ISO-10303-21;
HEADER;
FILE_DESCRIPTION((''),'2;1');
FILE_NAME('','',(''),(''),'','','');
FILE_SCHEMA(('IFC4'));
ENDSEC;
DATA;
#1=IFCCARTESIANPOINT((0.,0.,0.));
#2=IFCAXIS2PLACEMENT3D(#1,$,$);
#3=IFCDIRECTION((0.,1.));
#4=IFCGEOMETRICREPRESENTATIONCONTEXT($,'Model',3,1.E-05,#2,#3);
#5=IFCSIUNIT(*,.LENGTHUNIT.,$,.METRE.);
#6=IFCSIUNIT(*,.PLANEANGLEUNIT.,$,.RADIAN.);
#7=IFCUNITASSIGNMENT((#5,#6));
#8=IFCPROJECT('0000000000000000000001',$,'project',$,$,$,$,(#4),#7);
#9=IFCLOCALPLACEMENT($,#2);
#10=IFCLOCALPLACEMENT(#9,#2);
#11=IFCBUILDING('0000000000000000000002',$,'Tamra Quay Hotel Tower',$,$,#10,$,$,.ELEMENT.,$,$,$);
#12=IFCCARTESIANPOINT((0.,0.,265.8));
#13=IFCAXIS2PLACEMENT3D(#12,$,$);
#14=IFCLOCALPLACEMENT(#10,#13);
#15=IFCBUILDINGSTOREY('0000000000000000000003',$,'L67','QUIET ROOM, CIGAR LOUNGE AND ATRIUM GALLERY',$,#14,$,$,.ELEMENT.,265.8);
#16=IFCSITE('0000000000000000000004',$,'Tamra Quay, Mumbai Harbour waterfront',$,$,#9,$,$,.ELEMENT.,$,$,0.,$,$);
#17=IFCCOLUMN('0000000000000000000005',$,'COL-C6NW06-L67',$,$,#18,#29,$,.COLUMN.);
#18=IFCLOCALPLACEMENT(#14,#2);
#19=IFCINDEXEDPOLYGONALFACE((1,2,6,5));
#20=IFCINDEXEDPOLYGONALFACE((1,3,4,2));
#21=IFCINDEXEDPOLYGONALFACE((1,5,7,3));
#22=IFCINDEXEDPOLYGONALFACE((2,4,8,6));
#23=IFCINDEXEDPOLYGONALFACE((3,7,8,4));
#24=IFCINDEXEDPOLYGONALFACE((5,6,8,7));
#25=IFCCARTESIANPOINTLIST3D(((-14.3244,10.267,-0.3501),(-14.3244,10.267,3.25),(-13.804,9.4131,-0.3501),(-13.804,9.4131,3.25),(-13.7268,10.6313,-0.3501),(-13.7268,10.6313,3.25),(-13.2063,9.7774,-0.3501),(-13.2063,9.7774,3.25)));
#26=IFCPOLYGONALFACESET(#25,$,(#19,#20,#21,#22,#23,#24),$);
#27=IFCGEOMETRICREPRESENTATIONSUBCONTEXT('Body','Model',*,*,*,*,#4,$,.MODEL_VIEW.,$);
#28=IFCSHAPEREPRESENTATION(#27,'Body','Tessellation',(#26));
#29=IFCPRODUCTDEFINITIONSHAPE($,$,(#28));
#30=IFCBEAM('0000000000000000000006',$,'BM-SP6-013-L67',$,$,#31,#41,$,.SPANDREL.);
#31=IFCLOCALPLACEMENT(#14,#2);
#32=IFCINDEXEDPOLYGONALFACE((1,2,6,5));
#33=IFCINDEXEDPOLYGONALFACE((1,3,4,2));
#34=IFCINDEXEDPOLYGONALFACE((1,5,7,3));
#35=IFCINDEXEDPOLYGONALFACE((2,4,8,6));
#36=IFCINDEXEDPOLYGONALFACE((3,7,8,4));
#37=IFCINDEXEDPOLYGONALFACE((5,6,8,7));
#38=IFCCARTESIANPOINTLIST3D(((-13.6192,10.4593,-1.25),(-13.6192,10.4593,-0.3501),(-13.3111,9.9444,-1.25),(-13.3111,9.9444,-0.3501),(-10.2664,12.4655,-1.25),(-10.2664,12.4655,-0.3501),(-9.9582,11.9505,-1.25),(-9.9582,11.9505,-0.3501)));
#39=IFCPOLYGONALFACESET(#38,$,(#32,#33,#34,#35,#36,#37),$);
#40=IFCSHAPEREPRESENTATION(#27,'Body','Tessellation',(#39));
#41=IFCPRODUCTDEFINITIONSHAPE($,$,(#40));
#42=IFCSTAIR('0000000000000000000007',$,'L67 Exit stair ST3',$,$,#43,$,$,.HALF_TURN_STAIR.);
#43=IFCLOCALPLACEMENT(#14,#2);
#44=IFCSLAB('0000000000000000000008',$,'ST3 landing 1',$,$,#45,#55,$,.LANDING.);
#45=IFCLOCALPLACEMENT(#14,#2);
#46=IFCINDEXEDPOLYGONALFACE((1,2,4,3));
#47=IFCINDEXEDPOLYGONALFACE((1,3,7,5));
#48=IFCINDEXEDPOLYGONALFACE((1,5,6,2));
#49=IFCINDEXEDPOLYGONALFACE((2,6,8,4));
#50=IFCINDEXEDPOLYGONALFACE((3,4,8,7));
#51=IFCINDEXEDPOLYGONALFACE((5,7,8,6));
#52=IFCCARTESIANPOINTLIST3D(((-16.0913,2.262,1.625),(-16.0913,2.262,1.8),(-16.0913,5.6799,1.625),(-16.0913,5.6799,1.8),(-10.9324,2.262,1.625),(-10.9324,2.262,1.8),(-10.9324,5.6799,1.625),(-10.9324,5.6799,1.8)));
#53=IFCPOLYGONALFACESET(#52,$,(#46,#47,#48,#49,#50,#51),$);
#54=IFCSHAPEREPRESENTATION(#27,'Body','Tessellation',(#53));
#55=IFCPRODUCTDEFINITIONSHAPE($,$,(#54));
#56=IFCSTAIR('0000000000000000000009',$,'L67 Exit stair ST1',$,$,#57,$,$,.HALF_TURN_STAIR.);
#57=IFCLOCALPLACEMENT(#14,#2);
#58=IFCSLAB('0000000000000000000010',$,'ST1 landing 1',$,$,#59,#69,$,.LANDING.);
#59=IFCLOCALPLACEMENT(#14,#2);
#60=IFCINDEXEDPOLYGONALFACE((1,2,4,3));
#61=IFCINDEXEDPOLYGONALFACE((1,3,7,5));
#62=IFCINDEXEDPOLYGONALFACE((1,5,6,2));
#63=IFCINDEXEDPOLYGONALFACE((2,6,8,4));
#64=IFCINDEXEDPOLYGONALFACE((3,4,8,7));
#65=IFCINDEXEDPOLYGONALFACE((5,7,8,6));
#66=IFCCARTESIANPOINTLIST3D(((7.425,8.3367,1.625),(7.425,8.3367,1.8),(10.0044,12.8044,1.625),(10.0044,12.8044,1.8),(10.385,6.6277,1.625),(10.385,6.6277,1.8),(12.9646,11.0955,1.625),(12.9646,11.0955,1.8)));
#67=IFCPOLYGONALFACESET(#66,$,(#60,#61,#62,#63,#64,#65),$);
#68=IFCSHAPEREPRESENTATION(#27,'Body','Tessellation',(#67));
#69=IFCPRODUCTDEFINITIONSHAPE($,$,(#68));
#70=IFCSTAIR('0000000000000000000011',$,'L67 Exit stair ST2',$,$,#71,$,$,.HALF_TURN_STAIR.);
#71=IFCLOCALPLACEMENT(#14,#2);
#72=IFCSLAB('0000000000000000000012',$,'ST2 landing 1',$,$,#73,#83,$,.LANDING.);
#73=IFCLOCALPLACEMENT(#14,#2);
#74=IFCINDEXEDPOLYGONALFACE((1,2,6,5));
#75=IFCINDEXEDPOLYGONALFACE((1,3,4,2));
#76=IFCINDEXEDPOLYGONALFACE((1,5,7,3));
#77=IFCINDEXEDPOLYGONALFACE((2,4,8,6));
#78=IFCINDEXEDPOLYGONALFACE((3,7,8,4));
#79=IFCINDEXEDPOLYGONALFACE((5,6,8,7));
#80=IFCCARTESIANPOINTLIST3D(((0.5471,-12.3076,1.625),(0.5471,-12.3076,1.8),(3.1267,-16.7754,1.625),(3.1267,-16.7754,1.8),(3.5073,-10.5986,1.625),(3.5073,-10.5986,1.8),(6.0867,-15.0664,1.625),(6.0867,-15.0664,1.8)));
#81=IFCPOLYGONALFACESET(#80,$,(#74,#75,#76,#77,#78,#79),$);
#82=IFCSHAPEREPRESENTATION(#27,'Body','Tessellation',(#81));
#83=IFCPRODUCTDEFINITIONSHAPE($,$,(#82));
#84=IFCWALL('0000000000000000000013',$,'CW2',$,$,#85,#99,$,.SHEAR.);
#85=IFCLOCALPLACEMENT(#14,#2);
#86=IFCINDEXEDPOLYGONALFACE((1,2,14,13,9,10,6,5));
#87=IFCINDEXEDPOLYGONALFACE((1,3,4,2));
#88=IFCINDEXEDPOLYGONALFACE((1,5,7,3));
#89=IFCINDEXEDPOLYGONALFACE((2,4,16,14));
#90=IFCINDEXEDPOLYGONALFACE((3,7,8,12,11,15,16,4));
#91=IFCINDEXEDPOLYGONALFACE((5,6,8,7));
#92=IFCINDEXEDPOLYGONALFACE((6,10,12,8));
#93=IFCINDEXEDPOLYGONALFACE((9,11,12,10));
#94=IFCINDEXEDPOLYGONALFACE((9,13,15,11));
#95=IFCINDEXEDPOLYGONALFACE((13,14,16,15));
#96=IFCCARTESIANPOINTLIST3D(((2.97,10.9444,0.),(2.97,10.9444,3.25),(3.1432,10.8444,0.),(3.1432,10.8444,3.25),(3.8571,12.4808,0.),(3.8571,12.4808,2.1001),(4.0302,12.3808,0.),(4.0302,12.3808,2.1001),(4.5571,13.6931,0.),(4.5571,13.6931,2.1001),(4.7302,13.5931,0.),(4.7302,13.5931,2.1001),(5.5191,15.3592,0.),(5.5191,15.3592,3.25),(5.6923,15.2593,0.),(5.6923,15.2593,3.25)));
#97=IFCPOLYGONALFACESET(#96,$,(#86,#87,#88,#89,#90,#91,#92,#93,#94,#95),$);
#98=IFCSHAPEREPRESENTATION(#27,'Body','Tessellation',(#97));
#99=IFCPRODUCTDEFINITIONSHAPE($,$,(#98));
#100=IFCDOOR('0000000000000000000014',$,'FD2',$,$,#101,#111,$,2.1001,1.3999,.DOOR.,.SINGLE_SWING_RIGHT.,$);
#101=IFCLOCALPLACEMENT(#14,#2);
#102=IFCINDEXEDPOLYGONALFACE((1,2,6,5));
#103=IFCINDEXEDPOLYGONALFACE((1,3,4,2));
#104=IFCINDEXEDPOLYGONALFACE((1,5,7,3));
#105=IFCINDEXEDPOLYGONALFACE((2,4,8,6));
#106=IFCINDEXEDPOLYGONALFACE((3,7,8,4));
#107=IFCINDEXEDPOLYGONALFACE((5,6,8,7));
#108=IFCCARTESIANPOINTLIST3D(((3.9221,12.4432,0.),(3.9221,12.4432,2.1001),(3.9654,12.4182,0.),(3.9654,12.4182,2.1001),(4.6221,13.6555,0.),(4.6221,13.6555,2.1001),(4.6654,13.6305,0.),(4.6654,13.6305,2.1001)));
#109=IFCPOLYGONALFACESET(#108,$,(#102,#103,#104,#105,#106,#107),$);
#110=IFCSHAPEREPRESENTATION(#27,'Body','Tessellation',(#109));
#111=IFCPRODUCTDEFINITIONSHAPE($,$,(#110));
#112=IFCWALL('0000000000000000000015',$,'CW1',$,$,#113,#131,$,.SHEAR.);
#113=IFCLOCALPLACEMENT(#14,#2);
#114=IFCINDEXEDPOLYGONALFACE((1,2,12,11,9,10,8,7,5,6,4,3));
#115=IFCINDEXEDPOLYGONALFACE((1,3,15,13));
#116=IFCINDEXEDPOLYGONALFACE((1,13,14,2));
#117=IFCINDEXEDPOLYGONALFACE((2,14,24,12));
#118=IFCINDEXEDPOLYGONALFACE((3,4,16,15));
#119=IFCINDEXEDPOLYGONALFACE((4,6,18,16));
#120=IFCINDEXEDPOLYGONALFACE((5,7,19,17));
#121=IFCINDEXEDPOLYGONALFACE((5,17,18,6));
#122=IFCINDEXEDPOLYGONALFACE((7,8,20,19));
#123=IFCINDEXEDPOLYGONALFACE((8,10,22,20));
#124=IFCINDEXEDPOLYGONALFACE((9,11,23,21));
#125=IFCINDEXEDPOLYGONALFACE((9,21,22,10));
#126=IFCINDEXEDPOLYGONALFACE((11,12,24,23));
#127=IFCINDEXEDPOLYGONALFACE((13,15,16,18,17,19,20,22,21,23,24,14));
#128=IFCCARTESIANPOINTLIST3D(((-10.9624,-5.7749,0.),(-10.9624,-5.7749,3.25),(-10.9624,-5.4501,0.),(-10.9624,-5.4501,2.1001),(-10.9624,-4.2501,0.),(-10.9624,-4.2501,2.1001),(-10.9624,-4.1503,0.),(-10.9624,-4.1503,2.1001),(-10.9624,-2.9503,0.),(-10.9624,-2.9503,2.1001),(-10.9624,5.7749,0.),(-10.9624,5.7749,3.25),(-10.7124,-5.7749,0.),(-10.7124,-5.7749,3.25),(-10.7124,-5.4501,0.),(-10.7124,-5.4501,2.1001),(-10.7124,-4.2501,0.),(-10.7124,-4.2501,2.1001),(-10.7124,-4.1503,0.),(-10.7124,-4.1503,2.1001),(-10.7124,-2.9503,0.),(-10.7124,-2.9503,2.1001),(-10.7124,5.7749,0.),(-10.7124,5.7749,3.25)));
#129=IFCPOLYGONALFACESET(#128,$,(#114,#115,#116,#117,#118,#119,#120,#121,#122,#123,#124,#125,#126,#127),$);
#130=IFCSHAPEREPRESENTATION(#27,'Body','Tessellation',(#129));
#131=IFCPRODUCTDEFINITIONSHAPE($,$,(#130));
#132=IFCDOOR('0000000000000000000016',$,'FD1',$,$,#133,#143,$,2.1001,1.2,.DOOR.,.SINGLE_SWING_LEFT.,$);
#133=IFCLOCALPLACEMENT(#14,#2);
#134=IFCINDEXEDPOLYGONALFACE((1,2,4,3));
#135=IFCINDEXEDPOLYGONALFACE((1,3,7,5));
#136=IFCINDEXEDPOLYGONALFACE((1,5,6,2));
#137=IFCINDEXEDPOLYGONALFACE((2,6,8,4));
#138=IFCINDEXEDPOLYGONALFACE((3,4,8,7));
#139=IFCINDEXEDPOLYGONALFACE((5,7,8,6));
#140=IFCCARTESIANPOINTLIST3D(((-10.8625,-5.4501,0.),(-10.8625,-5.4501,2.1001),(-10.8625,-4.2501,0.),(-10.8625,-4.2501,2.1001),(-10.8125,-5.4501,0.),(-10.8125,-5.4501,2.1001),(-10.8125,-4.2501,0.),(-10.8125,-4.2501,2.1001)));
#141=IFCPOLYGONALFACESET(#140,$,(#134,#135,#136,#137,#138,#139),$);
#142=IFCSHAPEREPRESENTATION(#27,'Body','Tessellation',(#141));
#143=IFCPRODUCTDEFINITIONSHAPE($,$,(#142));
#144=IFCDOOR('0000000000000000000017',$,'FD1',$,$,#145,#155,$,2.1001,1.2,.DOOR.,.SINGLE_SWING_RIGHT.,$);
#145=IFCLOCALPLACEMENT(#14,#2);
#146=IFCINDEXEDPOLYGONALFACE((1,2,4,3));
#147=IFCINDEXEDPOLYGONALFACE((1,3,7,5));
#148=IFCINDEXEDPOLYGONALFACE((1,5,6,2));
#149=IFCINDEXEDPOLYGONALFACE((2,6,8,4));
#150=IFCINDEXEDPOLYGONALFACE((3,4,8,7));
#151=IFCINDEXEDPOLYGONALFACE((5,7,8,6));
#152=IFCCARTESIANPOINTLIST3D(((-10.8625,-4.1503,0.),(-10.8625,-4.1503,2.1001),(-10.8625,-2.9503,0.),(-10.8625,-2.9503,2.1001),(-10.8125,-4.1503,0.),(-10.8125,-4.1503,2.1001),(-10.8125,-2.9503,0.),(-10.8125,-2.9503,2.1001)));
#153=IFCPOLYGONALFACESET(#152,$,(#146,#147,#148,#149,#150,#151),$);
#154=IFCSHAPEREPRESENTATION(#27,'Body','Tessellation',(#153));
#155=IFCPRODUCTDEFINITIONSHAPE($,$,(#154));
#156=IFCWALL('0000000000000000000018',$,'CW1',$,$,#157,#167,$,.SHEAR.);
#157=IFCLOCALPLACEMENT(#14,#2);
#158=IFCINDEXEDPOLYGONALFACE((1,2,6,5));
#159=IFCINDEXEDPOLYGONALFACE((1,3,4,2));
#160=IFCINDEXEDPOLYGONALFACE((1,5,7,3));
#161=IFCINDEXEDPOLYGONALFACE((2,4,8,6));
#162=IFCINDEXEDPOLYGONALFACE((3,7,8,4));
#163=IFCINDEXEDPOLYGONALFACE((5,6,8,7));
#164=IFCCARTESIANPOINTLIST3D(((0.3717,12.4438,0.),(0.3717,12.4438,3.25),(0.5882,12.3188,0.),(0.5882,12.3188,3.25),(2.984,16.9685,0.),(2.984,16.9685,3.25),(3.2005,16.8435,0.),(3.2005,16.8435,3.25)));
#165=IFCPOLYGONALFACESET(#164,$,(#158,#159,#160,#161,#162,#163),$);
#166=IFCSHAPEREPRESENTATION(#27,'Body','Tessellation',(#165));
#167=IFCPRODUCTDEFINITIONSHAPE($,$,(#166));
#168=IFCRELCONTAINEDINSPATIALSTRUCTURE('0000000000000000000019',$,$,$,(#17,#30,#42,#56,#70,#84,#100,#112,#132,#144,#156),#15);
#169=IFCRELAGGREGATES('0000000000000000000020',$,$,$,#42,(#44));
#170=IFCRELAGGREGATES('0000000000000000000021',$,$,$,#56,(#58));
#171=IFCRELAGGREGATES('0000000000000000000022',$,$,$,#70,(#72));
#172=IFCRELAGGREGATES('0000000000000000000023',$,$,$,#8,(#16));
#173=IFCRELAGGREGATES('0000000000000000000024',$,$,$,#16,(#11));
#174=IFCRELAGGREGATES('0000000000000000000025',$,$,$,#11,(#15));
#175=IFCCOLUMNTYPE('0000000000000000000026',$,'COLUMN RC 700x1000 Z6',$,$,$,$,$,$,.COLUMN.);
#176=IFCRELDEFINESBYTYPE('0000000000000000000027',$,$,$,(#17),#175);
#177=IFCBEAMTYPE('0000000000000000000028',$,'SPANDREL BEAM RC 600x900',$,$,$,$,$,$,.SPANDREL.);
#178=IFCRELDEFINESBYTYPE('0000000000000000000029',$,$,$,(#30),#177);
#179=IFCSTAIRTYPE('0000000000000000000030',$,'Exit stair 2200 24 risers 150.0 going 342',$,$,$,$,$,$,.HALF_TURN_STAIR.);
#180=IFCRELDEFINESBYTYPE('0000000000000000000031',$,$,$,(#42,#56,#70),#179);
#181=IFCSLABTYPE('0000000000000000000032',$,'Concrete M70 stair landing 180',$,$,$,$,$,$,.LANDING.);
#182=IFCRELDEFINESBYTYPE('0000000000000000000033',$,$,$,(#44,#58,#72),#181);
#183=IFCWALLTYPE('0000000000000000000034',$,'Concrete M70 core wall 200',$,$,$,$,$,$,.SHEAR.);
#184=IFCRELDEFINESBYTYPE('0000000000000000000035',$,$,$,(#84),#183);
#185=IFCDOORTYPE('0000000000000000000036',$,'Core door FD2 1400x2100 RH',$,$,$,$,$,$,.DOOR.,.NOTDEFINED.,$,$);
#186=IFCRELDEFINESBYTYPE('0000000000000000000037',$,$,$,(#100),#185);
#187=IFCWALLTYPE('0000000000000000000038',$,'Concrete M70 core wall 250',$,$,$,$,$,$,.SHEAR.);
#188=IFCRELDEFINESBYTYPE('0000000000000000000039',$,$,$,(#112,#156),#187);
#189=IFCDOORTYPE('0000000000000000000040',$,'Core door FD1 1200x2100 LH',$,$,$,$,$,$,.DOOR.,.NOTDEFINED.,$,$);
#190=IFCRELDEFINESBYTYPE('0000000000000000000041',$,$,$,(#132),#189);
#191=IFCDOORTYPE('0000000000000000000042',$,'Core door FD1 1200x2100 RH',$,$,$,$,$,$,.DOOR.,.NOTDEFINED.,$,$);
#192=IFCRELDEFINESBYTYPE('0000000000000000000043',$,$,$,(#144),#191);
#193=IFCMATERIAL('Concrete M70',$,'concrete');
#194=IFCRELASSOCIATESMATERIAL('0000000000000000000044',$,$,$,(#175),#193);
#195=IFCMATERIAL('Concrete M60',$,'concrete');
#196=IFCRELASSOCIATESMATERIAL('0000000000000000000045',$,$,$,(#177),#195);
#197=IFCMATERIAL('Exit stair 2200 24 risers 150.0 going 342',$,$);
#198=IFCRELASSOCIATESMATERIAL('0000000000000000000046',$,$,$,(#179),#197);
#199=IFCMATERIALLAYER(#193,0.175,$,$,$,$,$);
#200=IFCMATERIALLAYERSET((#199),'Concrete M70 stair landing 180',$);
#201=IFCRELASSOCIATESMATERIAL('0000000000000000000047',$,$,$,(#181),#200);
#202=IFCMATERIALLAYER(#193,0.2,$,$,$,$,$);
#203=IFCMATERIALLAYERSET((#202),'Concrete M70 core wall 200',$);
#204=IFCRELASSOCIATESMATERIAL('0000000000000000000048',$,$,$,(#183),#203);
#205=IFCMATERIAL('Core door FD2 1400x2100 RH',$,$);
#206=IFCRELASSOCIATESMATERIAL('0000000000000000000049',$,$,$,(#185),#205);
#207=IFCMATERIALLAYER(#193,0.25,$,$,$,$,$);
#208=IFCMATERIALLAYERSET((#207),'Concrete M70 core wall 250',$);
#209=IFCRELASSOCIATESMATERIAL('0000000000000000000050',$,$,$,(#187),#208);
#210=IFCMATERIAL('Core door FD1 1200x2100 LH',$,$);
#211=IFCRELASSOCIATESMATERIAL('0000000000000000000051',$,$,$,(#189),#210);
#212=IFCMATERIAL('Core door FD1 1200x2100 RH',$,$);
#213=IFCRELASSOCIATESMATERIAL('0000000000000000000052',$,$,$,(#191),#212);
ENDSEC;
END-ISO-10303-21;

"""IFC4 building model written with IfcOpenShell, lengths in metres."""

from ifc_helpers import new_model, si_unit, direction, frame, frame_2d, origin, origin_2d, place, context, subcontext, project, spatial, polyline, rectangle, outline, extrude, material, layer, layer_set, material_profile, profile_set, type_object, element, fill, aggregate, save


model = new_model("IFC4")

# Units and contexts
model_context = context("Model", 3, precision=1e-05, world=origin(), true_north=direction((0.0, 1.0)))
body_context = subcontext(model_context, "Body", "Model", "MODEL_VIEW")
ifc_project = project(units=[si_unit("LENGTHUNIT", "METRE"), si_unit("PLANEANGLEUNIT", "RADIAN")], contexts=[model_context])

# Site, building, storey
site_placement = place(None, origin())
site = spatial("IfcSite", under=ifc_project, at=site_placement, Name="Tamra Quay, Mumbai Harbour waterfront", CompositionType="ELEMENT", RefElevation=0.0)
building_placement = place(site_placement, origin())
building = spatial("IfcBuilding", under=site, at=building_placement, Name="Tamra Quay Hotel Tower", CompositionType="ELEMENT")
storey_placement = place(building_placement, frame((0.0, 0.0, 265.8)))
storey = spatial("IfcBuildingStorey", under=building, at=storey_placement, Name="L67", Description="QUIET ROOM, CIGAR LOUNGE AND ATRIUM GALLERY", CompositionType="ELEMENT", Elevation=265.8)

# Column
ifc_material_1 = material(Name="Concrete M70", Category="concrete")
ifc_material_profile_1 = material_profile(ifc_material_1, rectangle(XDim=1.0, YDim=0.7, at=origin_2d()), Name="COLUMN RC 700x1000 Z6")
ifc_profile_set_1 = profile_set([ifc_material_profile_1], Name="Concrete M70")
column_type = type_object("IfcColumnType", Name="COLUMN RC 700x1000 Z6", PredefinedType="COLUMN", material=ifc_profile_set_1)
column_placement = place(storey_placement, frame((-13.7654, 10.0222, -0.3501), z_axis=(0.0, 0.0, 1.0), x_axis=(-0.52043, 0.853904, 0.0)))
element("IfcColumn", 1, at=column_placement, inside=storey, type_object=column_type, Name="COL-C6NW06-L67", PredefinedType="COLUMN", context=body_context, shape_type="SweptSolid", body=[
    extrude(rectangle(XDim=1.0, YDim=0.7, at=origin_2d()), origin(), (0.0, 0.0, 1.0), 3.6001),
])

# Beam
ifc_material_2 = material(Name="Concrete M60", Category="concrete")
ifc_material_profile_2 = material_profile(ifc_material_2, rectangle(XDim=0.6001, YDim=0.8999, at=origin_2d()), Name="SPANDREL BEAM RC 600x900")
ifc_profile_set_2 = profile_set([ifc_material_profile_2], Name="Concrete M60")
beam_type = type_object("IfcBeamType", Name="SPANDREL BEAM RC 600x900", PredefinedType="SPANDREL", material=ifc_profile_set_2)
beam_placement = place(storey_placement, frame((-10.1123, 12.208, -0.8), z_axis=(-0.858121, -0.513448, 0.0), x_axis=(0.513448, -0.858121, 0.0)))
element("IfcBeam", 2, at=beam_placement, inside=storey, type_object=beam_type, Name="BM-SP6-013-L67", PredefinedType="SPANDREL", context=body_context, shape_type="SweptSolid", body=[
    extrude(rectangle(XDim=0.6001, YDim=0.8999, at=origin_2d()), origin(), (0.0, 0.0, 1.0), 3.9072),
])

# Stairs, slabs
ifc_material_3 = material(Name="Exit stair 2200 24 risers 150.0 going 342")
stair_type = type_object("IfcStairType", Name="Exit stair 2200 24 risers 150.0 going 342", PredefinedType="HALF_TURN_STAIR", material=ifc_material_3)
stair_1_placement = place(storey_placement, origin())
stair_1 = element("IfcStair", 3, at=stair_1_placement, inside=storey, type_object=stair_type, Name="L67 Exit stair ST3", PredefinedType="HALF_TURN_STAIR")
ifc_layer_1 = layer(ifc_material_1, 0.175)
ifc_layer_set_1 = layer_set([ifc_layer_1], Name="Concrete M70 stair landing 180")
slab_type_1 = type_object("IfcSlabType", Name="Concrete M70 stair landing 180", PredefinedType="LANDING", material=ifc_layer_set_1)
slab_1_placement = place(storey_placement, frame((0.0, 0.0, 1.625)))
slab_1 = element("IfcSlab", 4, at=slab_1_placement, type_object=slab_type_1, Name="ST3 landing 1", PredefinedType="LANDING", context=body_context, shape_type="SweptSolid", body=[
    extrude(outline(polyline([(-10.9324, 2.262), (-10.9324, 5.6799), (-16.0913, 5.6799), (-16.0913, 2.262), (-10.9324, 2.262)])), origin(), (0.0, 0.0, 1.0), 0.175),
])
aggregate(stair_1, [slab_1])
stair_2_placement = place(storey_placement, origin())
stair_2 = element("IfcStair", 5, at=stair_2_placement, inside=storey, type_object=stair_type, Name="L67 Exit stair ST1", PredefinedType="HALF_TURN_STAIR")
slab_2_placement = place(storey_placement, frame((0.0, 0.0, 1.625)))
slab_2 = element("IfcSlab", 6, at=slab_2_placement, type_object=slab_type_1, Name="ST1 landing 1", PredefinedType="LANDING", context=body_context, shape_type="SweptSolid", body=[
    extrude(outline(polyline([(7.425, 8.3367), (10.385, 6.6277), (12.9646, 11.0955), (10.0044, 12.8044), (7.425, 8.3367)])), origin(), (0.0, 0.0, 1.0), 0.175),
])
aggregate(stair_2, [slab_2])
stair_3_placement = place(storey_placement, origin())
stair_3 = element("IfcStair", 7, at=stair_3_placement, inside=storey, type_object=stair_type, Name="L67 Exit stair ST2", PredefinedType="HALF_TURN_STAIR")
slab_3_placement = place(storey_placement, frame((0.0, 0.0, 1.625)))
slab_3 = element("IfcSlab", 8, at=slab_3_placement, type_object=slab_type_1, Name="ST2 landing 1", PredefinedType="LANDING", context=body_context, shape_type="SweptSolid", body=[
    extrude(outline(polyline([(3.5073, -10.5986), (0.5471, -12.3076), (3.1267, -16.7754), (6.0867, -15.0664), (3.5073, -10.5986)])), origin(), (0.0, 0.0, 1.0), 0.175),
])
aggregate(stair_3, [slab_3])

# Wall, opening, door
ifc_layer_2 = layer(ifc_material_1, 0.2)
ifc_layer_set_2 = layer_set([ifc_layer_2], Name="Concrete M70 core wall 200")
wall_type_1 = type_object("IfcWallType", Name="Concrete M70 core wall 200", PredefinedType="SHEAR", material=ifc_layer_set_2)
wall_1_placement = place(storey_placement, frame((3.0566, 10.8945, 0.0), z_axis=(0.0, 0.0, 1.0), x_axis=(0.500028, 0.866009, 0.0)))
wall_1 = element("IfcWall", 9, at=wall_1_placement, inside=storey, type_object=wall_type_1, Name="CW2", PredefinedType="SHEAR", context=body_context, shape_type="SweptSolid", body=[
    extrude(rectangle(XDim=5.0979, YDim=0.2, at=frame_2d((2.5488, 0.0))), origin(), (0.0, 0.0, 1.0), 3.25),
])
opening_1_placement = place(wall_1_placement, frame((1.7739, 0.0, 0.0)))
opening_1 = element("IfcOpeningElement", 10, at=opening_1_placement, cuts=wall_1, PredefinedType="OPENING", context=body_context, shape_type="SweptSolid", body=[
    extrude(rectangle(XDim=1.3999, YDim=2.1001, at=frame_2d((0.7, 1.05))), frame((0.0, 0.1099, 0.0), z_axis=(0.0, -1.0, 0.0), x_axis=(1.0, 0.0, 0.0)), (0.0, 0.0, 1.0), 0.22),
])
ifc_material_4 = material(Name="Core door FD2 1400x2100 RH")
door_type_1 = type_object("IfcDoorType", Name="Core door FD2 1400x2100 RH", OperationType="NOTDEFINED", PredefinedType="DOOR", material=ifc_material_4)
door_1_placement = place(opening_1_placement, origin())
door_1 = element("IfcDoor", 11, at=door_1_placement, inside=storey, type_object=door_type_1, Name="FD2", OperationType="SINGLE_SWING_RIGHT", OverallHeight=2.1001, OverallWidth=1.3999, PredefinedType="DOOR", context=body_context, shape_type="SweptSolid", body=[
    extrude(rectangle(XDim=1.3999, YDim=2.1001, at=frame_2d((0.7, 1.05))), frame((0.0, 0.0249, 0.0), z_axis=(0.0, -1.0, 0.0), x_axis=(1.0, 0.0, 0.0)), (0.0, 0.0, 1.0), 0.05),
])
fill(opening_1, door_1)

# Wall, openings, doors
ifc_layer_3 = layer(ifc_material_1, 0.25)
ifc_layer_set_3 = layer_set([ifc_layer_3], Name="Concrete M70 core wall 250")
wall_type_2 = type_object("IfcWallType", Name="Concrete M70 core wall 250", PredefinedType="SHEAR", material=ifc_layer_set_3)
wall_2_placement = place(storey_placement, frame((-10.8374, 5.7749, 0.0), z_axis=(0.0, 0.0, 1.0), x_axis=(0.0, -1.0, 0.0)))
wall_2 = element("IfcWall", 12, at=wall_2_placement, inside=storey, type_object=wall_type_2, Name="CW1", PredefinedType="SHEAR", context=body_context, shape_type="SweptSolid", body=[
    extrude(rectangle(XDim=11.5498, YDim=0.25, at=frame_2d((5.7749, 0.0))), origin(), (0.0, 0.0, 1.0), 3.25),
])
opening_2_placement = place(wall_2_placement, frame((10.0249, 0.0, 0.0)))
opening_2 = element("IfcOpeningElement", 13, at=opening_2_placement, cuts=wall_2, PredefinedType="OPENING", context=body_context, shape_type="SweptSolid", body=[
    extrude(rectangle(XDim=1.2, YDim=2.1001, at=frame_2d((0.6001, 1.05))), frame((0.0, 0.135, 0.0), z_axis=(0.0, -1.0, 0.0), x_axis=(1.0, 0.0, 0.0)), (0.0, 0.0, 1.0), 0.27),
])
opening_3_placement = place(wall_2_placement, frame((8.7251, 0.0, 0.0)))
opening_3 = element("IfcOpeningElement", 14, at=opening_3_placement, cuts=wall_2, PredefinedType="OPENING", context=body_context, shape_type="SweptSolid", body=[
    extrude(rectangle(XDim=1.2, YDim=2.1001, at=frame_2d((0.6001, 1.05))), frame((0.0, 0.135, 0.0), z_axis=(0.0, -1.0, 0.0), x_axis=(1.0, 0.0, 0.0)), (0.0, 0.0, 1.0), 0.27),
])
ifc_material_5 = material(Name="Core door FD1 1200x2100 LH")
door_type_2 = type_object("IfcDoorType", Name="Core door FD1 1200x2100 LH", OperationType="NOTDEFINED", PredefinedType="DOOR", material=ifc_material_5)
door_2_placement = place(opening_2_placement, origin())
door_2 = element("IfcDoor", 15, at=door_2_placement, inside=storey, type_object=door_type_2, Name="FD1", OperationType="SINGLE_SWING_LEFT", OverallHeight=2.1001, OverallWidth=1.2, PredefinedType="DOOR", context=body_context, shape_type="SweptSolid", body=[
    extrude(rectangle(XDim=1.2, YDim=2.1001, at=frame_2d((0.6001, 1.05))), frame((0.0, 0.0249, 0.0), z_axis=(0.0, -1.0, 0.0), x_axis=(1.0, 0.0, 0.0)), (0.0, 0.0, 1.0), 0.05),
])
fill(opening_2, door_2)
ifc_material_6 = material(Name="Core door FD1 1200x2100 RH")
door_type_3 = type_object("IfcDoorType", Name="Core door FD1 1200x2100 RH", OperationType="NOTDEFINED", PredefinedType="DOOR", material=ifc_material_6)
door_3_placement = place(opening_3_placement, origin())
door_3 = element("IfcDoor", 16, at=door_3_placement, inside=storey, type_object=door_type_3, Name="FD1", OperationType="SINGLE_SWING_RIGHT", OverallHeight=2.1001, OverallWidth=1.2, PredefinedType="DOOR", context=body_context, shape_type="SweptSolid", body=[
    extrude(rectangle(XDim=1.2, YDim=2.1001, at=frame_2d((0.6001, 1.05))), frame((0.0, 0.0249, 0.0), z_axis=(0.0, -1.0, 0.0), x_axis=(1.0, 0.0, 0.0)), (0.0, 0.0, 1.0), 0.05),
])
fill(opening_3, door_3)

# Wall
wall_3_placement = place(storey_placement, frame((0.48, 12.3813, 0.0), z_axis=(0.0, 0.0, 1.0), x_axis=(0.499999, 0.866026, 0.0)))
element("IfcWall", 17, at=wall_3_placement, inside=storey, type_object=wall_type_2, Name="CW1", PredefinedType="SHEAR", context=body_context, shape_type="SweptSolid", body=[
    extrude(rectangle(XDim=5.2246, YDim=0.25, at=frame_2d((2.6123, 0.0))), origin(), (0.0, 0.0, 1.0), 3.25),
])

save(model, "model.ifc")
